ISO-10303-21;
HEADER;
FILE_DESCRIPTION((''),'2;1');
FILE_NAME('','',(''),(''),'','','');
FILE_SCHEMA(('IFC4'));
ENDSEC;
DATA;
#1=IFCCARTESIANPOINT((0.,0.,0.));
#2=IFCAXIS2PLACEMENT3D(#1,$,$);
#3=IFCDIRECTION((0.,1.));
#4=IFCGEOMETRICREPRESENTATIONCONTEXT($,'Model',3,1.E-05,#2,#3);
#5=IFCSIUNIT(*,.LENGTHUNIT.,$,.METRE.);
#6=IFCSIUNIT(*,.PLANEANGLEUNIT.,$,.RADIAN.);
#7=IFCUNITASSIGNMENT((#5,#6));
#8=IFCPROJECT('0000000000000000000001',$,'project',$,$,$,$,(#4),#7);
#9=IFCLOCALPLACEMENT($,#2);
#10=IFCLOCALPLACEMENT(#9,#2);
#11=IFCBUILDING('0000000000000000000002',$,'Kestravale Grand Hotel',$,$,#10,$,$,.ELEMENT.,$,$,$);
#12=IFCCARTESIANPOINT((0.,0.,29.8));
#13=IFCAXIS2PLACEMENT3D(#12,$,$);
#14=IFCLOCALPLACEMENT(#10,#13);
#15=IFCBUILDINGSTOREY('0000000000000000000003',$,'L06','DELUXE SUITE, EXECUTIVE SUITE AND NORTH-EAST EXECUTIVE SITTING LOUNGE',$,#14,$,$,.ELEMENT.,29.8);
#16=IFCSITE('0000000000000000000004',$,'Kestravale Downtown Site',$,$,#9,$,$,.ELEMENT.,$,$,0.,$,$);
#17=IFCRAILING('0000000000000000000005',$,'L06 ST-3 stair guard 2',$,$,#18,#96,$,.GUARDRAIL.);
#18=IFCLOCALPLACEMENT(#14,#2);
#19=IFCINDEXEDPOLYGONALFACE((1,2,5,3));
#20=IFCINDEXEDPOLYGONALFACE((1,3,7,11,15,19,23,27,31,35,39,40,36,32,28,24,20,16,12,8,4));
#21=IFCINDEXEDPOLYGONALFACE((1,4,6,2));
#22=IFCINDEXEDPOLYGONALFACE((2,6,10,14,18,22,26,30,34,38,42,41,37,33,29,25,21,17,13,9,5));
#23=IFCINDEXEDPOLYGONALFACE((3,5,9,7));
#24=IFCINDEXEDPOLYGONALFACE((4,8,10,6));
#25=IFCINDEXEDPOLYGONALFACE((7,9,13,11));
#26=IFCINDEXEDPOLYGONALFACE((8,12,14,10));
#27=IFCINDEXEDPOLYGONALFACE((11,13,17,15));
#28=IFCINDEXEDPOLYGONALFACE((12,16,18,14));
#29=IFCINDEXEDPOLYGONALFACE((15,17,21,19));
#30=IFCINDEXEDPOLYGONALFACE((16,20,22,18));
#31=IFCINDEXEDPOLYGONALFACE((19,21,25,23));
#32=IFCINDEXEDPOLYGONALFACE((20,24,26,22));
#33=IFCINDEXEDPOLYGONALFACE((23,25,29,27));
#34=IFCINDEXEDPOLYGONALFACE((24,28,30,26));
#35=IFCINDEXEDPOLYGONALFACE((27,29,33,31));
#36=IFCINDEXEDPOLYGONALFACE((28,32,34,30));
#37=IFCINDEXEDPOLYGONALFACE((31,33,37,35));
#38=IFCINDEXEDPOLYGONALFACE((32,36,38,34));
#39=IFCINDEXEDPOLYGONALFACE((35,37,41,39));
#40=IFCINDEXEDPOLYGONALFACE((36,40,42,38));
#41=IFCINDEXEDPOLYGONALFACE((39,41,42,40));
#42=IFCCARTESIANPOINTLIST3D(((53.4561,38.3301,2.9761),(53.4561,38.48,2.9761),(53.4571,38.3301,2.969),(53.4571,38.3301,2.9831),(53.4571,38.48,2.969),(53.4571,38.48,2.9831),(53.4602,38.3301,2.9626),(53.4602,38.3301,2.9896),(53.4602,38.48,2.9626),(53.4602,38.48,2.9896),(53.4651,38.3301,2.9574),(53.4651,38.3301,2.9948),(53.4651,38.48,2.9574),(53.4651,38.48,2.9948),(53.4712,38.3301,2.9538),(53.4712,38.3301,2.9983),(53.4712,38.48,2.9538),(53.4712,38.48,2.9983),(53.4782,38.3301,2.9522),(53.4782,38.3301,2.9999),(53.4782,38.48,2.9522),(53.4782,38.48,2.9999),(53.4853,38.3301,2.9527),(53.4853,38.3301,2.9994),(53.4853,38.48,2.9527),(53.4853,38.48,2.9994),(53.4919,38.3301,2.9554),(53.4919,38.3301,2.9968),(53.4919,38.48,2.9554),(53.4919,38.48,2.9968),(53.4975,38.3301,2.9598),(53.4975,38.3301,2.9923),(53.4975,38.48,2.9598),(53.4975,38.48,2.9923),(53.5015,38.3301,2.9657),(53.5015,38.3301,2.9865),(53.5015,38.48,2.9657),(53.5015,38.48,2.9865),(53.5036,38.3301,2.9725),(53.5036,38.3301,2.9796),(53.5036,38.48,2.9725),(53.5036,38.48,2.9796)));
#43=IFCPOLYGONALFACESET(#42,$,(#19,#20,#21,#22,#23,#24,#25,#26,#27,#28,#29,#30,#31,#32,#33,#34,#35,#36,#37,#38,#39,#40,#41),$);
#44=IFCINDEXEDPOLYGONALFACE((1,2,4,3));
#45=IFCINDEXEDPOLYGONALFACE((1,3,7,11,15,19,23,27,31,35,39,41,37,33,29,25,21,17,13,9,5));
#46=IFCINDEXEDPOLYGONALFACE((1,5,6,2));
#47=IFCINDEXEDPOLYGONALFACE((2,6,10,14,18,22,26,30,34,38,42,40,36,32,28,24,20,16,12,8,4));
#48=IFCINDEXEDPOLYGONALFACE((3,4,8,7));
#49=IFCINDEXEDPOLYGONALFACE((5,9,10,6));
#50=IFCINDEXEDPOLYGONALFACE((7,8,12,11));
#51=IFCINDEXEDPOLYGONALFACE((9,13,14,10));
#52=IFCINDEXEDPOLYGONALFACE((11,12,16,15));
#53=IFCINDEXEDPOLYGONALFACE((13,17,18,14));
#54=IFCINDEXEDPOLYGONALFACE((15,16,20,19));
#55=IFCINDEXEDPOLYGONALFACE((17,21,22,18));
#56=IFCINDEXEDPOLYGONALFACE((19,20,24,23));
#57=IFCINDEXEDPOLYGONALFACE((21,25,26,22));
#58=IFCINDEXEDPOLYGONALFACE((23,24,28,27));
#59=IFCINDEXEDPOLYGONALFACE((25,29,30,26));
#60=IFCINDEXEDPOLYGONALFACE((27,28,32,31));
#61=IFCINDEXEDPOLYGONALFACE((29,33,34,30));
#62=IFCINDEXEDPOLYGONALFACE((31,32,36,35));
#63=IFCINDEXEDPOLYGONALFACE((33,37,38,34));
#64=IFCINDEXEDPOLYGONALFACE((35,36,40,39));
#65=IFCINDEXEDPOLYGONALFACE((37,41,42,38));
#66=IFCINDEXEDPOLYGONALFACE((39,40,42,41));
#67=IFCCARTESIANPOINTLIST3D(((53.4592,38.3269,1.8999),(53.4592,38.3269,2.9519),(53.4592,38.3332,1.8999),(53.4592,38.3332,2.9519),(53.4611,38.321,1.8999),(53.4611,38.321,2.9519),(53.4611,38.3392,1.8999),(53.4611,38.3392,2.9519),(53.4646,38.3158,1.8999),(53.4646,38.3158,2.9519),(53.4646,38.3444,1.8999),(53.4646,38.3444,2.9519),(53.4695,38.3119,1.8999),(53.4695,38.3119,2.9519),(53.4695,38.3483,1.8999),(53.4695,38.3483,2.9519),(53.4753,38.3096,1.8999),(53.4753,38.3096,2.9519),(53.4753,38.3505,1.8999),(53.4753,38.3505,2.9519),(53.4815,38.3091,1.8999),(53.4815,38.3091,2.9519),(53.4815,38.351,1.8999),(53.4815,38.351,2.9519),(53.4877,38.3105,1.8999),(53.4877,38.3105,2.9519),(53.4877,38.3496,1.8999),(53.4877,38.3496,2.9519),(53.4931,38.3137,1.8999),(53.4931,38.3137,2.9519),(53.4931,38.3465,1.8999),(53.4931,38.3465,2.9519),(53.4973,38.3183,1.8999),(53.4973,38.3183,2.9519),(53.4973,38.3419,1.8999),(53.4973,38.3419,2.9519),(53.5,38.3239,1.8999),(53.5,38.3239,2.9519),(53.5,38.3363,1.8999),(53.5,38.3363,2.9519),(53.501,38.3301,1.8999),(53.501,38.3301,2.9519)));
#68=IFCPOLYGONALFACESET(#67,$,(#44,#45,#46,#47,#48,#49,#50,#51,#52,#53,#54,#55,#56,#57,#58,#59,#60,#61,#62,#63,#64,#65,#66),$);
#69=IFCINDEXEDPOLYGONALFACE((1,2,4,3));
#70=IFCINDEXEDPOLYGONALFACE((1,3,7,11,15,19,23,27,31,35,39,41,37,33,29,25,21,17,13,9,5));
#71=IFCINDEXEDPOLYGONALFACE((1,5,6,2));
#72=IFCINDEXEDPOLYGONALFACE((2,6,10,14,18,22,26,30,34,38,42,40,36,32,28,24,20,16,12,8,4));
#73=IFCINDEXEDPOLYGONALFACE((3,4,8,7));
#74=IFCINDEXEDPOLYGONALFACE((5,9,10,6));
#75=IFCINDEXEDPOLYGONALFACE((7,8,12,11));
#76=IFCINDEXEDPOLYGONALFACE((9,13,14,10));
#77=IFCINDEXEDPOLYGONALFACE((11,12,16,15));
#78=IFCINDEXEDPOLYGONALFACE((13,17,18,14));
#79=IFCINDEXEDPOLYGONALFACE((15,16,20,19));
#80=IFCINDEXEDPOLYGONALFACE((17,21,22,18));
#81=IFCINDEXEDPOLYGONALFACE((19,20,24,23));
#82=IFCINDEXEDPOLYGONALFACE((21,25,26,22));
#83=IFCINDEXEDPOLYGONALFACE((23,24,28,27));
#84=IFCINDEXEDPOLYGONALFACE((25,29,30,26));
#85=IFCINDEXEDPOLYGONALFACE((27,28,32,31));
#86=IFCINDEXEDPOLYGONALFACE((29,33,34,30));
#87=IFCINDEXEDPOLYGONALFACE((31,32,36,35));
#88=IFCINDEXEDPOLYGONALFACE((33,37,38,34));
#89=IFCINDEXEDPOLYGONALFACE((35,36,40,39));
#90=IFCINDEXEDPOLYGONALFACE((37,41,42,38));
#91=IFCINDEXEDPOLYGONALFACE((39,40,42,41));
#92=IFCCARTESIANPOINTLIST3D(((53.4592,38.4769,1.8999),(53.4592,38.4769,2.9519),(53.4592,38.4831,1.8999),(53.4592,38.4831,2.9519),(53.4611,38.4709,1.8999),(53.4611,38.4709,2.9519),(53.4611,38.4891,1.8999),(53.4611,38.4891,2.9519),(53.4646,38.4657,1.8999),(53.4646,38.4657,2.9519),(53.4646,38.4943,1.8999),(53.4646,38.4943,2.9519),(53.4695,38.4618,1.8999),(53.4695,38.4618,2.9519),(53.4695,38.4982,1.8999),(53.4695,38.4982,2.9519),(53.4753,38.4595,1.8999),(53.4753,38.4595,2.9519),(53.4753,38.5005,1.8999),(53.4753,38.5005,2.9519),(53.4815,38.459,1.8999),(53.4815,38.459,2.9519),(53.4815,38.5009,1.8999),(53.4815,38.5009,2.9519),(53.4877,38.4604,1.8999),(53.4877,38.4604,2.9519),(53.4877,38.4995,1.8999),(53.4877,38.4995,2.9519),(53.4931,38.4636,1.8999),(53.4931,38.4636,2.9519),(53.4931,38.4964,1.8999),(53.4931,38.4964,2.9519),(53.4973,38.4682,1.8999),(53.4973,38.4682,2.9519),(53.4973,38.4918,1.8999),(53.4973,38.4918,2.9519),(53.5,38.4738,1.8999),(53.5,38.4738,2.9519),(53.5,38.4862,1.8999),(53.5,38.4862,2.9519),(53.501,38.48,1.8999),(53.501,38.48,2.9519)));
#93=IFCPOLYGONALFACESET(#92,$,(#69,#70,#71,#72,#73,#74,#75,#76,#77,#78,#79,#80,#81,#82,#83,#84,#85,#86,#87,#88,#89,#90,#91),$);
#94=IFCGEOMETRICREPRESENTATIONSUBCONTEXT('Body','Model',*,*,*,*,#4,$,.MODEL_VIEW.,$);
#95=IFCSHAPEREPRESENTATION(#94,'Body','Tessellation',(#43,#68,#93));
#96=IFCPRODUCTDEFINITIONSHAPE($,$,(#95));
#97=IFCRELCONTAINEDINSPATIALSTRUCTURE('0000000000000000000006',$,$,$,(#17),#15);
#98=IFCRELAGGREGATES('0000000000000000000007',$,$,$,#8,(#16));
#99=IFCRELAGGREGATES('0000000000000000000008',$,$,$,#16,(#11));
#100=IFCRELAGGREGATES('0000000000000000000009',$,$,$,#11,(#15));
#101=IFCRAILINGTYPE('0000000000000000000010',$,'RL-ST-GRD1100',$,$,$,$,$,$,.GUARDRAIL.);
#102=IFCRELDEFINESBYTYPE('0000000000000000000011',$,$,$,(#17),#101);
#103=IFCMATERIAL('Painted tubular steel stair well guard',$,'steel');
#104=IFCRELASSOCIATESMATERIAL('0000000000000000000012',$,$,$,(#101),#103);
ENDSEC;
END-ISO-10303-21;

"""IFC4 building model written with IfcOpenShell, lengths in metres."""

from ifc_helpers import new_model, si_unit, direction, frame, origin, origin_2d, place, context, subcontext, project, spatial, circle, extrude, material, type_object, element, save


model = new_model("IFC4")

# Units and contexts
model_context = context("Model", 3, precision=1e-05, world=origin(), true_north=direction((0.0, 1.0)))
body_context = subcontext(model_context, "Body", "Model", "MODEL_VIEW")
ifc_project = project(units=[si_unit("LENGTHUNIT", "METRE"), si_unit("PLANEANGLEUNIT", "RADIAN")], contexts=[model_context])

# Site, building, storey
site_placement = place(None, origin())
site = spatial("IfcSite", under=ifc_project, at=site_placement, Name="Kestravale Downtown Site", CompositionType="ELEMENT", RefElevation=0.0)
building_placement = place(site_placement, origin())
building = spatial("IfcBuilding", under=site, at=building_placement, Name="Kestravale Grand Hotel", CompositionType="ELEMENT")
storey_placement = place(building_placement, frame((0.0, 0.0, 29.8)))
storey = spatial("IfcBuildingStorey", under=building, at=storey_placement, Name="L06", Description="DELUXE SUITE, EXECUTIVE SUITE AND NORTH-EAST EXECUTIVE SITTING LOUNGE", CompositionType="ELEMENT", Elevation=29.8)

# Railing
ifc_material_1 = material(Name="Painted tubular steel stair well guard", Category="steel")
railing_type_1 = type_object("IfcRailingType", Name="RL-ST-GRD1100", PredefinedType="GUARDRAIL", material=ifc_material_1)
railing_1_placement = place(storey_placement, frame((53.48, 38.3301, 1.8999)))
element("IfcRailing", 1, at=railing_1_placement, inside=storey, type_object=railing_type_1, Name="L06 ST-3 stair guard 2", PredefinedType="GUARDRAIL", context=body_context, shape_type="SweptSolid", body=[
    extrude(circle(Radius=0.0239, at=origin_2d()), frame((0.0, 0.0, 1.0762), z_axis=(0.0, 1.0, 0.0), x_axis=(-1.0, 0.0, 0.0)), (0.0, 0.0, 1.0), 0.1499),
    extrude(circle(Radius=0.021, at=origin_2d()), origin(), (0.0, 0.0, 1.0), 1.052),
    extrude(circle(Radius=0.021, at=origin_2d()), frame((0.0, 0.1499, 0.0)), (0.0, 0.0, 1.0), 1.052),
])

save(model, "model.ifc")
